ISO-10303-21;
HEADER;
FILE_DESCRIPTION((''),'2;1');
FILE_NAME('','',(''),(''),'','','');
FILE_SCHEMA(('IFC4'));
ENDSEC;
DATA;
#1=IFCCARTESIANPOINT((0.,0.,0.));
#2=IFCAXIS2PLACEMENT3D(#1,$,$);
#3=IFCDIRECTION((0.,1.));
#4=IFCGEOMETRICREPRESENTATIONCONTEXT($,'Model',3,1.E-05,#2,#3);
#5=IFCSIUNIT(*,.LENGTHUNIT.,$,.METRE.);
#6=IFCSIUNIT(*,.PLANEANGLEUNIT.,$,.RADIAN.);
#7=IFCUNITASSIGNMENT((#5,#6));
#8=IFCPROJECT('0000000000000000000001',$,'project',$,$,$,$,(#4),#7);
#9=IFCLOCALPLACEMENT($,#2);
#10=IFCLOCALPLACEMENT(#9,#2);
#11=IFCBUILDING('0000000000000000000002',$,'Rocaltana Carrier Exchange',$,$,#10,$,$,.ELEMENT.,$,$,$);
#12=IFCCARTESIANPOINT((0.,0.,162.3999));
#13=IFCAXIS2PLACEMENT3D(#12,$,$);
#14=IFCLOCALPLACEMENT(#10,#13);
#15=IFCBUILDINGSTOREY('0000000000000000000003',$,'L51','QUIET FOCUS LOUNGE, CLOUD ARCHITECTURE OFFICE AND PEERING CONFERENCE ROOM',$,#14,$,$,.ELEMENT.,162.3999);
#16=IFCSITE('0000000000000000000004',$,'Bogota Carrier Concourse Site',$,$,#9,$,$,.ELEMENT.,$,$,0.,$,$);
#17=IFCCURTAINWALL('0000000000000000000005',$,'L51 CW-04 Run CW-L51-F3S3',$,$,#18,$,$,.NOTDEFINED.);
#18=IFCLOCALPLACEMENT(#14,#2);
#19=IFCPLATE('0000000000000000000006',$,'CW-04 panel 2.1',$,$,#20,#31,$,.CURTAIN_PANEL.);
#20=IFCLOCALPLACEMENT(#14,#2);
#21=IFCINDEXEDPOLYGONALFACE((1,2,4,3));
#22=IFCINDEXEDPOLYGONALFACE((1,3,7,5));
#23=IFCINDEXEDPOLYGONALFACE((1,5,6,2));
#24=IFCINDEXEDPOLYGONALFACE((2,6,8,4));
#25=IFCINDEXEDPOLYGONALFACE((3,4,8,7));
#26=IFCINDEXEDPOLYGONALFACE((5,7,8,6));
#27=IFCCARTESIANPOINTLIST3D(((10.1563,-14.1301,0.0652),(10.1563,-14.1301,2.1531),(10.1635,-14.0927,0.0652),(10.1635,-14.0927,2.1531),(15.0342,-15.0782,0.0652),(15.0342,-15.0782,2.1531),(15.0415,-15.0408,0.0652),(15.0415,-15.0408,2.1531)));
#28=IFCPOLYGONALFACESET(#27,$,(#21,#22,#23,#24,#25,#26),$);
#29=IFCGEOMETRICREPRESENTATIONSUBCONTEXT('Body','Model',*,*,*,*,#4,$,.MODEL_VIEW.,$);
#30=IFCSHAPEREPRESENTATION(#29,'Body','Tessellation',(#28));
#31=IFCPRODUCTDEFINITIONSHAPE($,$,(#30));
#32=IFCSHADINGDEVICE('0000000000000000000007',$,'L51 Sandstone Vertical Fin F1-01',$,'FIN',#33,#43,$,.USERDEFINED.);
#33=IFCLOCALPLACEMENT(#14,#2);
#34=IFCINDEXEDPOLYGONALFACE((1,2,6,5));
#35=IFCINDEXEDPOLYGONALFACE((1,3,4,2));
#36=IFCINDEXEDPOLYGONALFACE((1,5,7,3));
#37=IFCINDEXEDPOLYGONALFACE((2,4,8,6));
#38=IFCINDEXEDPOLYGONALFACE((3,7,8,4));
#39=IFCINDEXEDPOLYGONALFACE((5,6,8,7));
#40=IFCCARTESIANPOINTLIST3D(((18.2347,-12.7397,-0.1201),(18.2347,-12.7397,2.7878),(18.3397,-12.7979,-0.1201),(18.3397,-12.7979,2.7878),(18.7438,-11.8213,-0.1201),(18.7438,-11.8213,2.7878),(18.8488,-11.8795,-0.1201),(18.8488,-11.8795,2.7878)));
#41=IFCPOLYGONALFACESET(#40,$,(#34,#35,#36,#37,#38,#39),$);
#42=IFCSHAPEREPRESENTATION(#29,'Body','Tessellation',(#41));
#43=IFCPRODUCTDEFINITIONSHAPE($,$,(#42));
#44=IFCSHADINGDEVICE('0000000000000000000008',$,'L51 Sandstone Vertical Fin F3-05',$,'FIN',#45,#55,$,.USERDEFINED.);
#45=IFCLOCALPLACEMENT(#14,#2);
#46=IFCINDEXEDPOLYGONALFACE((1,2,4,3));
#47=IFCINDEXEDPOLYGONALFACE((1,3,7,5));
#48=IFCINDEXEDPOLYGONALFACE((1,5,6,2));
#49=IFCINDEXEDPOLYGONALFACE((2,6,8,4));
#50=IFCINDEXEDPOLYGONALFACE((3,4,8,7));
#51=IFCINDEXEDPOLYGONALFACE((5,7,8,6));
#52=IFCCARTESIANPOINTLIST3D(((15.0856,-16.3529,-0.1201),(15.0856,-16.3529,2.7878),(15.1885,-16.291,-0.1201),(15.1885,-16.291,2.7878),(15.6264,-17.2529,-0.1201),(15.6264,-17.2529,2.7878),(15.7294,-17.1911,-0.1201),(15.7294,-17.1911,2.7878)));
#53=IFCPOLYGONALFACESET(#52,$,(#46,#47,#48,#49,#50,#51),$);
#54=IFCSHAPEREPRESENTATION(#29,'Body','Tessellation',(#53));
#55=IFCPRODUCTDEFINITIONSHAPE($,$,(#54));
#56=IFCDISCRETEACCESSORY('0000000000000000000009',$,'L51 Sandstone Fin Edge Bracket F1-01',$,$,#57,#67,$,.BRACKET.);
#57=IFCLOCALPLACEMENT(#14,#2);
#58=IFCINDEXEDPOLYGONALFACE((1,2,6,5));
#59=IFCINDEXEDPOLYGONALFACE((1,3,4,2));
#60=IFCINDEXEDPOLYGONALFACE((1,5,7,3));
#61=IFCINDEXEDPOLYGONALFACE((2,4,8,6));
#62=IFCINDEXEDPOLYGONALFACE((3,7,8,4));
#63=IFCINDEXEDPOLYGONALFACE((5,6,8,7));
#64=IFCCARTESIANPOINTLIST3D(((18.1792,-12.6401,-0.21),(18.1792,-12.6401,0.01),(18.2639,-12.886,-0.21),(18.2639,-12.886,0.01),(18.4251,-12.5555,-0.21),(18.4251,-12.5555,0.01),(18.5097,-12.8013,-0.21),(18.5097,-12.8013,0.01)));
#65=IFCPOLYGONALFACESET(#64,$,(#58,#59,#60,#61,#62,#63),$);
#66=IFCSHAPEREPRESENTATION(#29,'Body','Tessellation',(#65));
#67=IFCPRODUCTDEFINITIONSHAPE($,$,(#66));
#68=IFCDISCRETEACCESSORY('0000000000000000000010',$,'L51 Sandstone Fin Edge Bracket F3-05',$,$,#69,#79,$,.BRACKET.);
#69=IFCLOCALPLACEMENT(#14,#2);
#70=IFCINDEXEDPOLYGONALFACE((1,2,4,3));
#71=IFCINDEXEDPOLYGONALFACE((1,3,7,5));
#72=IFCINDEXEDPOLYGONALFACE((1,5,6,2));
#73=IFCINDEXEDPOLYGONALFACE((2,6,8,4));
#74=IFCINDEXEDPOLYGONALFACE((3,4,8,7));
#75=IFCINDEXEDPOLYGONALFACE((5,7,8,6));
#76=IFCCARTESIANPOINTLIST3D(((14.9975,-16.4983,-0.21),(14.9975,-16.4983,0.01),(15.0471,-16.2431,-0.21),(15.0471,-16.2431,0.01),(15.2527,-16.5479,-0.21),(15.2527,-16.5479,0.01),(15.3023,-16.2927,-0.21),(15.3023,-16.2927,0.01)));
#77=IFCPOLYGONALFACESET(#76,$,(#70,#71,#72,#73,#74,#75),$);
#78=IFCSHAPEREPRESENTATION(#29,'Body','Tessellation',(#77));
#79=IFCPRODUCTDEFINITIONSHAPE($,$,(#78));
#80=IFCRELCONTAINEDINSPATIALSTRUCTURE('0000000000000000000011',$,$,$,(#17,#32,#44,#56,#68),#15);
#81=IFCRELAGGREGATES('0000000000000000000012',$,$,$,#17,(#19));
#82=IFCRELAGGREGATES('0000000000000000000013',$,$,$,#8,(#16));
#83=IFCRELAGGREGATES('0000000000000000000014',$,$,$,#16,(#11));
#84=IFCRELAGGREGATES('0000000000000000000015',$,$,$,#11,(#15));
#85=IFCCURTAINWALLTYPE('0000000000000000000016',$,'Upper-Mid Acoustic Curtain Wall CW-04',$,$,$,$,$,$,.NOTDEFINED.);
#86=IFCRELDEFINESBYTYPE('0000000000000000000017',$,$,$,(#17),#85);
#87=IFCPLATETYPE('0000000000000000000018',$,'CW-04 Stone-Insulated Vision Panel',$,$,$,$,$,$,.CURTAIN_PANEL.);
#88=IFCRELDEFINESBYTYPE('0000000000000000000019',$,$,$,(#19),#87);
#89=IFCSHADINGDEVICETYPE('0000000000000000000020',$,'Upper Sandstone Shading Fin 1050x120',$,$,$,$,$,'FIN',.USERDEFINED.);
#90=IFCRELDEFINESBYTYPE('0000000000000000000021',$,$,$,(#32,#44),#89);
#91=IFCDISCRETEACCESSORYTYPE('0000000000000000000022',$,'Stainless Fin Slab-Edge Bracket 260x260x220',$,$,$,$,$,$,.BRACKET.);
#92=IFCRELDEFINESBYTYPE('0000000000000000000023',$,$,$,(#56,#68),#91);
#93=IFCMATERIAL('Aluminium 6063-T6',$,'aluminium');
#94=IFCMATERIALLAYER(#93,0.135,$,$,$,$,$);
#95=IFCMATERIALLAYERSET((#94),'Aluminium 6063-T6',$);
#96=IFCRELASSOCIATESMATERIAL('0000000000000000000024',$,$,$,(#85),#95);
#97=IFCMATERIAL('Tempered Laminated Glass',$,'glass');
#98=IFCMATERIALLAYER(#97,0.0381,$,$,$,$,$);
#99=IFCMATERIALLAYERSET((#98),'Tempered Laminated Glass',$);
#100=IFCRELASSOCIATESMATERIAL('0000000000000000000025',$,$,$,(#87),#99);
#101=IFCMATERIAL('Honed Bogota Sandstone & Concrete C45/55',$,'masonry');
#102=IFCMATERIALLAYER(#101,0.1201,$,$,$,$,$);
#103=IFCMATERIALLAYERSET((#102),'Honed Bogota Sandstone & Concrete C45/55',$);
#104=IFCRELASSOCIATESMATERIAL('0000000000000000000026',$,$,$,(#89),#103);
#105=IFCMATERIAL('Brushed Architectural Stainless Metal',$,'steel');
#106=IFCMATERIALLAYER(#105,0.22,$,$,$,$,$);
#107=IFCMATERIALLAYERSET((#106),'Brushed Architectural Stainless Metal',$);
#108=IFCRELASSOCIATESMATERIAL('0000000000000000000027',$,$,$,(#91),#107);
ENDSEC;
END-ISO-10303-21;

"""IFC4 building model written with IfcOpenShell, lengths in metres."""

from ifc_helpers import new_model, si_unit, direction, frame, origin, origin_2d, place, context, subcontext, project, spatial, rectangle, extrude, material, layer, layer_set, type_object, element, aggregate, save


model = new_model("IFC4")

# Units and contexts
model_context = context("Model", 3, precision=1e-05, world=origin(), true_north=direction((0.0, 1.0)))
body_context = subcontext(model_context, "Body", "Model", "MODEL_VIEW")
ifc_project = project(units=[si_unit("LENGTHUNIT", "METRE"), si_unit("PLANEANGLEUNIT", "RADIAN")], contexts=[model_context])

# Site, building, storey
site_placement = place(None, origin())
site = spatial("IfcSite", under=ifc_project, at=site_placement, Name="Bogota Carrier Concourse Site", CompositionType="ELEMENT", RefElevation=0.0)
building_placement = place(site_placement, origin())
building = spatial("IfcBuilding", under=site, at=building_placement, Name="Rocaltana Carrier Exchange", CompositionType="ELEMENT")
storey_placement = place(building_placement, frame((0.0, 0.0, 162.3999)))
storey = spatial("IfcBuildingStorey", under=building, at=storey_placement, Name="L51", Description="QUIET FOCUS LOUNGE, CLOUD ARCHITECTURE OFFICE AND PEERING CONFERENCE ROOM", CompositionType="ELEMENT", Elevation=162.3999)

# Shared definitions
ifc_material_1 = material(Name="Aluminium 6063-T6", Category="aluminium")
ifc_layer_1 = layer(ifc_material_1, 0.135)
ifc_layer_set_1 = layer_set([ifc_layer_1], Name="Aluminium 6063-T6")
curtain_wall_type = type_object("IfcCurtainWallType", Name="Upper-Mid Acoustic Curtain Wall CW-04", PredefinedType="NOTDEFINED", material=ifc_layer_set_1)

# Curtain wall
curtain_wall_1_placement = place(storey_placement, origin())
curtain_wall_1 = element("IfcCurtainWall", 1, at=curtain_wall_1_placement, inside=storey, type_object=curtain_wall_type, Name="L51 CW-04 Run CW-L51-F3S3", PredefinedType="NOTDEFINED")

# Plate
ifc_material_2 = material(Name="Tempered Laminated Glass", Category="glass")
ifc_layer_2 = layer(ifc_material_2, 0.0381)
ifc_layer_set_2 = layer_set([ifc_layer_2], Name="Tempered Laminated Glass")
plate_type = type_object("IfcPlateType", Name="CW-04 Stone-Insulated Vision Panel", PredefinedType="CURTAIN_PANEL", material=ifc_layer_set_2)
plate_placement = place(storey_placement, frame((12.5989, -14.5854, 0.0652), z_axis=(0.0, 0.0, 1.0), x_axis=(0.981628, -0.190805, 0.0)))
plate = element("IfcPlate", 2, at=plate_placement, type_object=plate_type, Name="CW-04 panel 2.1", PredefinedType="CURTAIN_PANEL", context=body_context, shape_type="SweptSolid", body=[
    extrude(rectangle(XDim=4.9692, YDim=0.0381, at=origin_2d()), origin(), (0.0, 0.0, 1.0), 2.0879),
])
aggregate(curtain_wall_1, [plate])

# Shading devices
ifc_material_3 = material(Name="Honed Bogota Sandstone & Concrete C45/55", Category="masonry")
ifc_layer_3 = layer(ifc_material_3, 0.1201)
ifc_layer_set_3 = layer_set([ifc_layer_3], Name="Honed Bogota Sandstone & Concrete C45/55")
shading_device_type = type_object("IfcShadingDeviceType", Name="Upper Sandstone Shading Fin 1050x120", ElementType="FIN", PredefinedType="USERDEFINED", material=ifc_layer_set_3)
for number, where, z_axis, x_axis, name in (
    (3, (18.5417, -12.3096, -0.1201), (0.0, 0.0, 1.0), (0.48481, 0.87462, 0.0), "L51 Sandstone Vertical Fin F1-01"),
    (4, (15.4075, -16.772, -0.1201), (0.0, 0.0, 1.0), (0.515038, -0.857167, 0.0), "L51 Sandstone Vertical Fin F3-05"),
):
    element("IfcShadingDevice", number, at=place(storey_placement, frame(where, z_axis=z_axis, x_axis=x_axis)), inside=storey, type_object=shading_device_type, Name=name, ObjectType="FIN", PredefinedType="USERDEFINED", context=body_context, shape_type="SweptSolid", body=[
        extrude(rectangle(XDim=1.05, YDim=0.1201, at=origin_2d()), origin(), (0.0, 0.0, 1.0), 2.908),
    ])

# Discrete accessories
ifc_material_4 = material(Name="Brushed Architectural Stainless Metal", Category="steel")
ifc_layer_4 = layer(ifc_material_4, 0.22)
ifc_layer_set_4 = layer_set([ifc_layer_4], Name="Brushed Architectural Stainless Metal")
discrete_accessory_type = type_object("IfcDiscreteAccessoryType", Name="Stainless Fin Slab-Edge Bracket 260x260x220", PredefinedType="BRACKET", material=ifc_layer_set_4)
for number, where, z_axis, x_axis, name in (
    (5, (18.3445, -12.7207, -0.21), (0.0, 0.0, 1.0), (-0.325568, 0.945519, 0.0), "L51 Sandstone Fin Edge Bracket F1-01"),
    (6, (15.1499, -16.3955, -0.21), (0.0, 0.0, 1.0), (0.981627, -0.190809, 0.0), "L51 Sandstone Fin Edge Bracket F3-05"),
):
    element("IfcDiscreteAccessory", number, at=place(storey_placement, frame(where, z_axis=z_axis, x_axis=x_axis)), inside=storey, type_object=discrete_accessory_type, Name=name, PredefinedType="BRACKET", context=body_context, shape_type="SweptSolid", body=[
        extrude(rectangle(XDim=0.26, YDim=0.26, at=origin_2d()), origin(), (0.0, 0.0, 1.0), 0.22),
    ])

save(model, "model.ifc")
